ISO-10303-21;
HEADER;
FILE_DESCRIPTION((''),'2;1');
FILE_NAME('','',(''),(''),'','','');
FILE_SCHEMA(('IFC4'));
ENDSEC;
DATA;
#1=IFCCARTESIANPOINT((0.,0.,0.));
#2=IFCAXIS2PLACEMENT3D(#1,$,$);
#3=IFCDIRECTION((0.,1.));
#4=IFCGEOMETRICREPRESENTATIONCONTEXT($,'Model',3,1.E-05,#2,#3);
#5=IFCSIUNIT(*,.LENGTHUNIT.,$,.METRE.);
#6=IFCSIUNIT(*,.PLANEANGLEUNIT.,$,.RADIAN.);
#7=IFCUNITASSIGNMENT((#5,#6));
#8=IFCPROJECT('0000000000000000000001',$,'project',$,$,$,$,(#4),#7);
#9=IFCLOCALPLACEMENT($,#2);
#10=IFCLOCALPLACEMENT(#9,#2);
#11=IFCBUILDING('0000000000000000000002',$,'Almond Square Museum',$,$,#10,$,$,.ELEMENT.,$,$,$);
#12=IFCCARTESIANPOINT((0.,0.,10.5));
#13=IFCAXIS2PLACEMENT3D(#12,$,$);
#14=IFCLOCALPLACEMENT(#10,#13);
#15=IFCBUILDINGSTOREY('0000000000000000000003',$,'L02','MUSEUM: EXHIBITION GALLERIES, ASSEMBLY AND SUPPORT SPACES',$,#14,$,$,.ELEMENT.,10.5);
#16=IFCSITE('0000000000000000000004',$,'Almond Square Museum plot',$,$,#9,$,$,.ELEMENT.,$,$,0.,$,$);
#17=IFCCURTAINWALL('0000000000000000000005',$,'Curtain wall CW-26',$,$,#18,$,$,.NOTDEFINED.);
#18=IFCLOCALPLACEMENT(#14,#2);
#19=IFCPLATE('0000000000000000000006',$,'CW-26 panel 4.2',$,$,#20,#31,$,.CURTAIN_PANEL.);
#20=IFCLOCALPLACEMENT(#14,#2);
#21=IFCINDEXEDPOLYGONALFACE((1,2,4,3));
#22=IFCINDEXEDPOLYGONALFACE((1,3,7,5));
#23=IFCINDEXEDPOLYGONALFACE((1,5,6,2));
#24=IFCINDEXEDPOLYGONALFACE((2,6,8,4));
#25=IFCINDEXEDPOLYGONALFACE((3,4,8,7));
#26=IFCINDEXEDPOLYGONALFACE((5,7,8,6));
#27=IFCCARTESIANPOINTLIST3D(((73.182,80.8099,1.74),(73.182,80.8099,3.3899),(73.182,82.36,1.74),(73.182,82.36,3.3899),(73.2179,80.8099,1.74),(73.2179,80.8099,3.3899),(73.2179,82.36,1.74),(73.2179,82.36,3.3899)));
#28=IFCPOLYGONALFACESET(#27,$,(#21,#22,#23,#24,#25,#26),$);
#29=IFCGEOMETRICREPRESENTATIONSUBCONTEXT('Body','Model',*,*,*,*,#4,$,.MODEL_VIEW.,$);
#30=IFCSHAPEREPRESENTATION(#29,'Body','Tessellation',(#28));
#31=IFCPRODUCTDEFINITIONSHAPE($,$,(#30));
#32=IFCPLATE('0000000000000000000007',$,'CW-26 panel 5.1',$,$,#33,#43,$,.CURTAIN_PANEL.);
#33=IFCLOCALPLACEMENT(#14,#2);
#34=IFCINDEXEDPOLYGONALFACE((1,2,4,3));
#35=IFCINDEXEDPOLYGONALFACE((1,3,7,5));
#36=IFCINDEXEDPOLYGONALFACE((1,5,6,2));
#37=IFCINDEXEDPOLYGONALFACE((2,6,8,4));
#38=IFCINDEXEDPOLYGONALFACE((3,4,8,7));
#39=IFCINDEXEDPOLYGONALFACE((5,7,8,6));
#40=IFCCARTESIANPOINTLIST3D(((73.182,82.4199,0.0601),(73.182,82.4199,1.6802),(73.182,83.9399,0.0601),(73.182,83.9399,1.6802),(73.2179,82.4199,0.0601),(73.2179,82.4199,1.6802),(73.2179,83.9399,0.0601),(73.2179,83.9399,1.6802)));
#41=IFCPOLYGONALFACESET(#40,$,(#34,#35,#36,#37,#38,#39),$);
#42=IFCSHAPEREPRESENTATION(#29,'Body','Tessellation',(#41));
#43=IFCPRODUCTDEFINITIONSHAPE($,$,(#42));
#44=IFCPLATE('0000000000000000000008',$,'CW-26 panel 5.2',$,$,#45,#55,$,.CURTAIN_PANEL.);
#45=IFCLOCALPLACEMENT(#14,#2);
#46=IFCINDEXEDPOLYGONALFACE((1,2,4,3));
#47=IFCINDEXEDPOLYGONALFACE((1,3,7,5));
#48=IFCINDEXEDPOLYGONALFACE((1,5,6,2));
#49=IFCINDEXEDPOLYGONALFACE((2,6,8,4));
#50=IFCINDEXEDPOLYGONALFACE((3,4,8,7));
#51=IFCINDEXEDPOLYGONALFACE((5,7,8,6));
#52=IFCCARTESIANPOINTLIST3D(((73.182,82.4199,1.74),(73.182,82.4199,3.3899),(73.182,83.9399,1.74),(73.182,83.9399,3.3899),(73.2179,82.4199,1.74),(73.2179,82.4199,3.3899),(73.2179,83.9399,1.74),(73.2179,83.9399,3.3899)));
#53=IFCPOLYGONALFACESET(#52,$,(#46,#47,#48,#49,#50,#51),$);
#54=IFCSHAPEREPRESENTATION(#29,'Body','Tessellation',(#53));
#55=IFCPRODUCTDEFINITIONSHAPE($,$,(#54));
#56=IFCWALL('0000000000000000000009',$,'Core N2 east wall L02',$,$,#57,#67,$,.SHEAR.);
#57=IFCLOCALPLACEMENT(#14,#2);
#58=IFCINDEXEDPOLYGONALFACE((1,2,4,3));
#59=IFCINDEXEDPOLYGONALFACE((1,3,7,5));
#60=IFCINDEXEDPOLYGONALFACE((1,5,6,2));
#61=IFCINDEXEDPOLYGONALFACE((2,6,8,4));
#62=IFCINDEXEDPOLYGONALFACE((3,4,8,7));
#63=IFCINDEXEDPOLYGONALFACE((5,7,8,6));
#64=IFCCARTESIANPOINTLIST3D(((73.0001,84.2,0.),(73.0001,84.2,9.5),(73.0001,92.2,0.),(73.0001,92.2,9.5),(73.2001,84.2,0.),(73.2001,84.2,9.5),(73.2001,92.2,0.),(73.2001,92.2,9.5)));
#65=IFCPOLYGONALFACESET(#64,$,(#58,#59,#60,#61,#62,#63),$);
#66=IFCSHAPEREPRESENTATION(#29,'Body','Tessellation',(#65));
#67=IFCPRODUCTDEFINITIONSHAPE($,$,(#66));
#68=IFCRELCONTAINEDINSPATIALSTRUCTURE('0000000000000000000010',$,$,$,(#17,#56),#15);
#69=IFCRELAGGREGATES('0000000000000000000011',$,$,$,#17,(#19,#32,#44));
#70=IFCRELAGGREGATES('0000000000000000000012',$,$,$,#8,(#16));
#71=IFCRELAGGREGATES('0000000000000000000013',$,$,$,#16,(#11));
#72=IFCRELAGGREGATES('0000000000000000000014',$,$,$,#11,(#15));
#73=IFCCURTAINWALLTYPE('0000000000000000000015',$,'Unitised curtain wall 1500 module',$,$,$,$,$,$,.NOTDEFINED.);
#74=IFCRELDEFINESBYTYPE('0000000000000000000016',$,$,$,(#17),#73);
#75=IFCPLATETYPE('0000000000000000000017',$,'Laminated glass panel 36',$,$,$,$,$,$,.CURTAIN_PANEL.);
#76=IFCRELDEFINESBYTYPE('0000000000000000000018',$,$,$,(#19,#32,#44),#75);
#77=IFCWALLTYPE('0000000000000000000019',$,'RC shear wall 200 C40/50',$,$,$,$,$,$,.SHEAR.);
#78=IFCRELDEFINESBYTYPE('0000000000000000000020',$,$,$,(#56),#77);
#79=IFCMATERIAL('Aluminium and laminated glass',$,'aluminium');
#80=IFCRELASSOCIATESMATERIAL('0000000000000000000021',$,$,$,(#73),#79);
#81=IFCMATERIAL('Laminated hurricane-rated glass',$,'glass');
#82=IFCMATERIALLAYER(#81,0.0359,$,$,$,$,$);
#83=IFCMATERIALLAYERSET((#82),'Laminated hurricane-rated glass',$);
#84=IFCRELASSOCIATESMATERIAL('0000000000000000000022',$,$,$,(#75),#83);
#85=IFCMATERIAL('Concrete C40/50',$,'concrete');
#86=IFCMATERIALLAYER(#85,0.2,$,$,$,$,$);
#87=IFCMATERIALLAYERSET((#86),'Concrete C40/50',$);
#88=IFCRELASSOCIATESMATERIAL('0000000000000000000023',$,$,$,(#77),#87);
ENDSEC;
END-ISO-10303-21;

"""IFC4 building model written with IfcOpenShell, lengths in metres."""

from ifc_helpers import new_model, si_unit, direction, frame, frame_2d, origin, origin_2d, place, context, subcontext, project, spatial, rectangle, extrude, material, layer, layer_set, type_object, element, aggregate, save


model = new_model("IFC4")

# Units and contexts
model_context = context("Model", 3, precision=1e-05, world=origin(), true_north=direction((0.0, 1.0)))
body_context = subcontext(model_context, "Body", "Model", "MODEL_VIEW")
ifc_project = project(units=[si_unit("LENGTHUNIT", "METRE"), si_unit("PLANEANGLEUNIT", "RADIAN")], contexts=[model_context])

# Site, building, storey
site_placement = place(None, origin())
site = spatial("IfcSite", under=ifc_project, at=site_placement, Name="Almond Square Museum plot", CompositionType="ELEMENT", RefElevation=0.0)
building_placement = place(site_placement, origin())
building = spatial("IfcBuilding", under=site, at=building_placement, Name="Almond Square Museum", CompositionType="ELEMENT")
storey_placement = place(building_placement, frame((0.0, 0.0, 10.5)))
storey = spatial("IfcBuildingStorey", under=building, at=storey_placement, Name="L02", Description="MUSEUM: EXHIBITION GALLERIES, ASSEMBLY AND SUPPORT SPACES", CompositionType="ELEMENT", Elevation=10.5)

# Curtain wall
ifc_material_1 = material(Name="Aluminium and laminated glass", Category="aluminium")
curtain_wall_type = type_object("IfcCurtainWallType", Name="Unitised curtain wall 1500 module", PredefinedType="NOTDEFINED", material=ifc_material_1)
curtain_wall_placement = place(storey_placement, origin())
curtain_wall = element("IfcCurtainWall", 1, at=curtain_wall_placement, inside=storey, type_object=curtain_wall_type, Name="Curtain wall CW-26", PredefinedType="NOTDEFINED")

# Plates
ifc_material_2 = material(Name="Laminated hurricane-rated glass", Category="glass")
ifc_layer_1 = layer(ifc_material_2, 0.0359)
ifc_layer_set_1 = layer_set([ifc_layer_1], Name="Laminated hurricane-rated glass")
plate_type = type_object("IfcPlateType", Name="Laminated glass panel 36", PredefinedType="CURTAIN_PANEL", material=ifc_layer_set_1)
plate_1_placement = place(storey_placement, frame((73.2, 81.585, 1.74), z_axis=(0.0, 0.0, 1.0), x_axis=(0.0, 1.0, 0.0)))
plate_1 = element("IfcPlate", 2, at=plate_1_placement, type_object=plate_type, Name="CW-26 panel 4.2", PredefinedType="CURTAIN_PANEL", context=body_context, shape_type="SweptSolid", body=[
    extrude(rectangle(XDim=1.55, YDim=0.0359, at=origin_2d()), origin(), (0.0, 0.0, 1.0), 1.6499),
])
plate_2_placement = place(storey_placement, frame((73.2, 83.1799, 0.0601), z_axis=(0.0, 0.0, 1.0), x_axis=(0.0, 1.0, 0.0)))
plate_2 = element("IfcPlate", 3, at=plate_2_placement, type_object=plate_type, Name="CW-26 panel 5.1", PredefinedType="CURTAIN_PANEL", context=body_context, shape_type="SweptSolid", body=[
    extrude(rectangle(XDim=1.52, YDim=0.0359, at=origin_2d()), origin(), (0.0, 0.0, 1.0), 1.6201),
])
plate_3_placement = place(storey_placement, frame((73.2, 83.1799, 1.74), z_axis=(0.0, 0.0, 1.0), x_axis=(0.0, 1.0, 0.0)))
plate_3 = element("IfcPlate", 4, at=plate_3_placement, type_object=plate_type, Name="CW-26 panel 5.2", PredefinedType="CURTAIN_PANEL", context=body_context, shape_type="SweptSolid", body=[
    extrude(rectangle(XDim=1.52, YDim=0.0359, at=origin_2d()), origin(), (0.0, 0.0, 1.0), 1.6499),
])
aggregate(curtain_wall, [plate_1, plate_2, plate_3])

# Wall
ifc_material_3 = material(Name="Concrete C40/50", Category="concrete")
ifc_layer_2 = layer(ifc_material_3, 0.2)
ifc_layer_set_2 = layer_set([ifc_layer_2], Name="Concrete C40/50")
wall_type = type_object("IfcWallType", Name="RC shear wall 200 C40/50", PredefinedType="SHEAR", material=ifc_layer_set_2)
wall_placement = place(storey_placement, frame((73.1001, 84.2, 0.0), z_axis=(0.0, 0.0, 1.0), x_axis=(0.0, 1.0, 0.0)))
element("IfcWall", 5, at=wall_placement, inside=storey, type_object=wall_type, Name="Core N2 east wall L02", PredefinedType="SHEAR", context=body_context, shape_type="SweptSolid", body=[
    extrude(rectangle(XDim=8.0, YDim=0.2, at=frame_2d((4.0, 0.0))), origin(), (0.0, 0.0, 1.0), 9.5),
])

save(model, "model.ifc")
